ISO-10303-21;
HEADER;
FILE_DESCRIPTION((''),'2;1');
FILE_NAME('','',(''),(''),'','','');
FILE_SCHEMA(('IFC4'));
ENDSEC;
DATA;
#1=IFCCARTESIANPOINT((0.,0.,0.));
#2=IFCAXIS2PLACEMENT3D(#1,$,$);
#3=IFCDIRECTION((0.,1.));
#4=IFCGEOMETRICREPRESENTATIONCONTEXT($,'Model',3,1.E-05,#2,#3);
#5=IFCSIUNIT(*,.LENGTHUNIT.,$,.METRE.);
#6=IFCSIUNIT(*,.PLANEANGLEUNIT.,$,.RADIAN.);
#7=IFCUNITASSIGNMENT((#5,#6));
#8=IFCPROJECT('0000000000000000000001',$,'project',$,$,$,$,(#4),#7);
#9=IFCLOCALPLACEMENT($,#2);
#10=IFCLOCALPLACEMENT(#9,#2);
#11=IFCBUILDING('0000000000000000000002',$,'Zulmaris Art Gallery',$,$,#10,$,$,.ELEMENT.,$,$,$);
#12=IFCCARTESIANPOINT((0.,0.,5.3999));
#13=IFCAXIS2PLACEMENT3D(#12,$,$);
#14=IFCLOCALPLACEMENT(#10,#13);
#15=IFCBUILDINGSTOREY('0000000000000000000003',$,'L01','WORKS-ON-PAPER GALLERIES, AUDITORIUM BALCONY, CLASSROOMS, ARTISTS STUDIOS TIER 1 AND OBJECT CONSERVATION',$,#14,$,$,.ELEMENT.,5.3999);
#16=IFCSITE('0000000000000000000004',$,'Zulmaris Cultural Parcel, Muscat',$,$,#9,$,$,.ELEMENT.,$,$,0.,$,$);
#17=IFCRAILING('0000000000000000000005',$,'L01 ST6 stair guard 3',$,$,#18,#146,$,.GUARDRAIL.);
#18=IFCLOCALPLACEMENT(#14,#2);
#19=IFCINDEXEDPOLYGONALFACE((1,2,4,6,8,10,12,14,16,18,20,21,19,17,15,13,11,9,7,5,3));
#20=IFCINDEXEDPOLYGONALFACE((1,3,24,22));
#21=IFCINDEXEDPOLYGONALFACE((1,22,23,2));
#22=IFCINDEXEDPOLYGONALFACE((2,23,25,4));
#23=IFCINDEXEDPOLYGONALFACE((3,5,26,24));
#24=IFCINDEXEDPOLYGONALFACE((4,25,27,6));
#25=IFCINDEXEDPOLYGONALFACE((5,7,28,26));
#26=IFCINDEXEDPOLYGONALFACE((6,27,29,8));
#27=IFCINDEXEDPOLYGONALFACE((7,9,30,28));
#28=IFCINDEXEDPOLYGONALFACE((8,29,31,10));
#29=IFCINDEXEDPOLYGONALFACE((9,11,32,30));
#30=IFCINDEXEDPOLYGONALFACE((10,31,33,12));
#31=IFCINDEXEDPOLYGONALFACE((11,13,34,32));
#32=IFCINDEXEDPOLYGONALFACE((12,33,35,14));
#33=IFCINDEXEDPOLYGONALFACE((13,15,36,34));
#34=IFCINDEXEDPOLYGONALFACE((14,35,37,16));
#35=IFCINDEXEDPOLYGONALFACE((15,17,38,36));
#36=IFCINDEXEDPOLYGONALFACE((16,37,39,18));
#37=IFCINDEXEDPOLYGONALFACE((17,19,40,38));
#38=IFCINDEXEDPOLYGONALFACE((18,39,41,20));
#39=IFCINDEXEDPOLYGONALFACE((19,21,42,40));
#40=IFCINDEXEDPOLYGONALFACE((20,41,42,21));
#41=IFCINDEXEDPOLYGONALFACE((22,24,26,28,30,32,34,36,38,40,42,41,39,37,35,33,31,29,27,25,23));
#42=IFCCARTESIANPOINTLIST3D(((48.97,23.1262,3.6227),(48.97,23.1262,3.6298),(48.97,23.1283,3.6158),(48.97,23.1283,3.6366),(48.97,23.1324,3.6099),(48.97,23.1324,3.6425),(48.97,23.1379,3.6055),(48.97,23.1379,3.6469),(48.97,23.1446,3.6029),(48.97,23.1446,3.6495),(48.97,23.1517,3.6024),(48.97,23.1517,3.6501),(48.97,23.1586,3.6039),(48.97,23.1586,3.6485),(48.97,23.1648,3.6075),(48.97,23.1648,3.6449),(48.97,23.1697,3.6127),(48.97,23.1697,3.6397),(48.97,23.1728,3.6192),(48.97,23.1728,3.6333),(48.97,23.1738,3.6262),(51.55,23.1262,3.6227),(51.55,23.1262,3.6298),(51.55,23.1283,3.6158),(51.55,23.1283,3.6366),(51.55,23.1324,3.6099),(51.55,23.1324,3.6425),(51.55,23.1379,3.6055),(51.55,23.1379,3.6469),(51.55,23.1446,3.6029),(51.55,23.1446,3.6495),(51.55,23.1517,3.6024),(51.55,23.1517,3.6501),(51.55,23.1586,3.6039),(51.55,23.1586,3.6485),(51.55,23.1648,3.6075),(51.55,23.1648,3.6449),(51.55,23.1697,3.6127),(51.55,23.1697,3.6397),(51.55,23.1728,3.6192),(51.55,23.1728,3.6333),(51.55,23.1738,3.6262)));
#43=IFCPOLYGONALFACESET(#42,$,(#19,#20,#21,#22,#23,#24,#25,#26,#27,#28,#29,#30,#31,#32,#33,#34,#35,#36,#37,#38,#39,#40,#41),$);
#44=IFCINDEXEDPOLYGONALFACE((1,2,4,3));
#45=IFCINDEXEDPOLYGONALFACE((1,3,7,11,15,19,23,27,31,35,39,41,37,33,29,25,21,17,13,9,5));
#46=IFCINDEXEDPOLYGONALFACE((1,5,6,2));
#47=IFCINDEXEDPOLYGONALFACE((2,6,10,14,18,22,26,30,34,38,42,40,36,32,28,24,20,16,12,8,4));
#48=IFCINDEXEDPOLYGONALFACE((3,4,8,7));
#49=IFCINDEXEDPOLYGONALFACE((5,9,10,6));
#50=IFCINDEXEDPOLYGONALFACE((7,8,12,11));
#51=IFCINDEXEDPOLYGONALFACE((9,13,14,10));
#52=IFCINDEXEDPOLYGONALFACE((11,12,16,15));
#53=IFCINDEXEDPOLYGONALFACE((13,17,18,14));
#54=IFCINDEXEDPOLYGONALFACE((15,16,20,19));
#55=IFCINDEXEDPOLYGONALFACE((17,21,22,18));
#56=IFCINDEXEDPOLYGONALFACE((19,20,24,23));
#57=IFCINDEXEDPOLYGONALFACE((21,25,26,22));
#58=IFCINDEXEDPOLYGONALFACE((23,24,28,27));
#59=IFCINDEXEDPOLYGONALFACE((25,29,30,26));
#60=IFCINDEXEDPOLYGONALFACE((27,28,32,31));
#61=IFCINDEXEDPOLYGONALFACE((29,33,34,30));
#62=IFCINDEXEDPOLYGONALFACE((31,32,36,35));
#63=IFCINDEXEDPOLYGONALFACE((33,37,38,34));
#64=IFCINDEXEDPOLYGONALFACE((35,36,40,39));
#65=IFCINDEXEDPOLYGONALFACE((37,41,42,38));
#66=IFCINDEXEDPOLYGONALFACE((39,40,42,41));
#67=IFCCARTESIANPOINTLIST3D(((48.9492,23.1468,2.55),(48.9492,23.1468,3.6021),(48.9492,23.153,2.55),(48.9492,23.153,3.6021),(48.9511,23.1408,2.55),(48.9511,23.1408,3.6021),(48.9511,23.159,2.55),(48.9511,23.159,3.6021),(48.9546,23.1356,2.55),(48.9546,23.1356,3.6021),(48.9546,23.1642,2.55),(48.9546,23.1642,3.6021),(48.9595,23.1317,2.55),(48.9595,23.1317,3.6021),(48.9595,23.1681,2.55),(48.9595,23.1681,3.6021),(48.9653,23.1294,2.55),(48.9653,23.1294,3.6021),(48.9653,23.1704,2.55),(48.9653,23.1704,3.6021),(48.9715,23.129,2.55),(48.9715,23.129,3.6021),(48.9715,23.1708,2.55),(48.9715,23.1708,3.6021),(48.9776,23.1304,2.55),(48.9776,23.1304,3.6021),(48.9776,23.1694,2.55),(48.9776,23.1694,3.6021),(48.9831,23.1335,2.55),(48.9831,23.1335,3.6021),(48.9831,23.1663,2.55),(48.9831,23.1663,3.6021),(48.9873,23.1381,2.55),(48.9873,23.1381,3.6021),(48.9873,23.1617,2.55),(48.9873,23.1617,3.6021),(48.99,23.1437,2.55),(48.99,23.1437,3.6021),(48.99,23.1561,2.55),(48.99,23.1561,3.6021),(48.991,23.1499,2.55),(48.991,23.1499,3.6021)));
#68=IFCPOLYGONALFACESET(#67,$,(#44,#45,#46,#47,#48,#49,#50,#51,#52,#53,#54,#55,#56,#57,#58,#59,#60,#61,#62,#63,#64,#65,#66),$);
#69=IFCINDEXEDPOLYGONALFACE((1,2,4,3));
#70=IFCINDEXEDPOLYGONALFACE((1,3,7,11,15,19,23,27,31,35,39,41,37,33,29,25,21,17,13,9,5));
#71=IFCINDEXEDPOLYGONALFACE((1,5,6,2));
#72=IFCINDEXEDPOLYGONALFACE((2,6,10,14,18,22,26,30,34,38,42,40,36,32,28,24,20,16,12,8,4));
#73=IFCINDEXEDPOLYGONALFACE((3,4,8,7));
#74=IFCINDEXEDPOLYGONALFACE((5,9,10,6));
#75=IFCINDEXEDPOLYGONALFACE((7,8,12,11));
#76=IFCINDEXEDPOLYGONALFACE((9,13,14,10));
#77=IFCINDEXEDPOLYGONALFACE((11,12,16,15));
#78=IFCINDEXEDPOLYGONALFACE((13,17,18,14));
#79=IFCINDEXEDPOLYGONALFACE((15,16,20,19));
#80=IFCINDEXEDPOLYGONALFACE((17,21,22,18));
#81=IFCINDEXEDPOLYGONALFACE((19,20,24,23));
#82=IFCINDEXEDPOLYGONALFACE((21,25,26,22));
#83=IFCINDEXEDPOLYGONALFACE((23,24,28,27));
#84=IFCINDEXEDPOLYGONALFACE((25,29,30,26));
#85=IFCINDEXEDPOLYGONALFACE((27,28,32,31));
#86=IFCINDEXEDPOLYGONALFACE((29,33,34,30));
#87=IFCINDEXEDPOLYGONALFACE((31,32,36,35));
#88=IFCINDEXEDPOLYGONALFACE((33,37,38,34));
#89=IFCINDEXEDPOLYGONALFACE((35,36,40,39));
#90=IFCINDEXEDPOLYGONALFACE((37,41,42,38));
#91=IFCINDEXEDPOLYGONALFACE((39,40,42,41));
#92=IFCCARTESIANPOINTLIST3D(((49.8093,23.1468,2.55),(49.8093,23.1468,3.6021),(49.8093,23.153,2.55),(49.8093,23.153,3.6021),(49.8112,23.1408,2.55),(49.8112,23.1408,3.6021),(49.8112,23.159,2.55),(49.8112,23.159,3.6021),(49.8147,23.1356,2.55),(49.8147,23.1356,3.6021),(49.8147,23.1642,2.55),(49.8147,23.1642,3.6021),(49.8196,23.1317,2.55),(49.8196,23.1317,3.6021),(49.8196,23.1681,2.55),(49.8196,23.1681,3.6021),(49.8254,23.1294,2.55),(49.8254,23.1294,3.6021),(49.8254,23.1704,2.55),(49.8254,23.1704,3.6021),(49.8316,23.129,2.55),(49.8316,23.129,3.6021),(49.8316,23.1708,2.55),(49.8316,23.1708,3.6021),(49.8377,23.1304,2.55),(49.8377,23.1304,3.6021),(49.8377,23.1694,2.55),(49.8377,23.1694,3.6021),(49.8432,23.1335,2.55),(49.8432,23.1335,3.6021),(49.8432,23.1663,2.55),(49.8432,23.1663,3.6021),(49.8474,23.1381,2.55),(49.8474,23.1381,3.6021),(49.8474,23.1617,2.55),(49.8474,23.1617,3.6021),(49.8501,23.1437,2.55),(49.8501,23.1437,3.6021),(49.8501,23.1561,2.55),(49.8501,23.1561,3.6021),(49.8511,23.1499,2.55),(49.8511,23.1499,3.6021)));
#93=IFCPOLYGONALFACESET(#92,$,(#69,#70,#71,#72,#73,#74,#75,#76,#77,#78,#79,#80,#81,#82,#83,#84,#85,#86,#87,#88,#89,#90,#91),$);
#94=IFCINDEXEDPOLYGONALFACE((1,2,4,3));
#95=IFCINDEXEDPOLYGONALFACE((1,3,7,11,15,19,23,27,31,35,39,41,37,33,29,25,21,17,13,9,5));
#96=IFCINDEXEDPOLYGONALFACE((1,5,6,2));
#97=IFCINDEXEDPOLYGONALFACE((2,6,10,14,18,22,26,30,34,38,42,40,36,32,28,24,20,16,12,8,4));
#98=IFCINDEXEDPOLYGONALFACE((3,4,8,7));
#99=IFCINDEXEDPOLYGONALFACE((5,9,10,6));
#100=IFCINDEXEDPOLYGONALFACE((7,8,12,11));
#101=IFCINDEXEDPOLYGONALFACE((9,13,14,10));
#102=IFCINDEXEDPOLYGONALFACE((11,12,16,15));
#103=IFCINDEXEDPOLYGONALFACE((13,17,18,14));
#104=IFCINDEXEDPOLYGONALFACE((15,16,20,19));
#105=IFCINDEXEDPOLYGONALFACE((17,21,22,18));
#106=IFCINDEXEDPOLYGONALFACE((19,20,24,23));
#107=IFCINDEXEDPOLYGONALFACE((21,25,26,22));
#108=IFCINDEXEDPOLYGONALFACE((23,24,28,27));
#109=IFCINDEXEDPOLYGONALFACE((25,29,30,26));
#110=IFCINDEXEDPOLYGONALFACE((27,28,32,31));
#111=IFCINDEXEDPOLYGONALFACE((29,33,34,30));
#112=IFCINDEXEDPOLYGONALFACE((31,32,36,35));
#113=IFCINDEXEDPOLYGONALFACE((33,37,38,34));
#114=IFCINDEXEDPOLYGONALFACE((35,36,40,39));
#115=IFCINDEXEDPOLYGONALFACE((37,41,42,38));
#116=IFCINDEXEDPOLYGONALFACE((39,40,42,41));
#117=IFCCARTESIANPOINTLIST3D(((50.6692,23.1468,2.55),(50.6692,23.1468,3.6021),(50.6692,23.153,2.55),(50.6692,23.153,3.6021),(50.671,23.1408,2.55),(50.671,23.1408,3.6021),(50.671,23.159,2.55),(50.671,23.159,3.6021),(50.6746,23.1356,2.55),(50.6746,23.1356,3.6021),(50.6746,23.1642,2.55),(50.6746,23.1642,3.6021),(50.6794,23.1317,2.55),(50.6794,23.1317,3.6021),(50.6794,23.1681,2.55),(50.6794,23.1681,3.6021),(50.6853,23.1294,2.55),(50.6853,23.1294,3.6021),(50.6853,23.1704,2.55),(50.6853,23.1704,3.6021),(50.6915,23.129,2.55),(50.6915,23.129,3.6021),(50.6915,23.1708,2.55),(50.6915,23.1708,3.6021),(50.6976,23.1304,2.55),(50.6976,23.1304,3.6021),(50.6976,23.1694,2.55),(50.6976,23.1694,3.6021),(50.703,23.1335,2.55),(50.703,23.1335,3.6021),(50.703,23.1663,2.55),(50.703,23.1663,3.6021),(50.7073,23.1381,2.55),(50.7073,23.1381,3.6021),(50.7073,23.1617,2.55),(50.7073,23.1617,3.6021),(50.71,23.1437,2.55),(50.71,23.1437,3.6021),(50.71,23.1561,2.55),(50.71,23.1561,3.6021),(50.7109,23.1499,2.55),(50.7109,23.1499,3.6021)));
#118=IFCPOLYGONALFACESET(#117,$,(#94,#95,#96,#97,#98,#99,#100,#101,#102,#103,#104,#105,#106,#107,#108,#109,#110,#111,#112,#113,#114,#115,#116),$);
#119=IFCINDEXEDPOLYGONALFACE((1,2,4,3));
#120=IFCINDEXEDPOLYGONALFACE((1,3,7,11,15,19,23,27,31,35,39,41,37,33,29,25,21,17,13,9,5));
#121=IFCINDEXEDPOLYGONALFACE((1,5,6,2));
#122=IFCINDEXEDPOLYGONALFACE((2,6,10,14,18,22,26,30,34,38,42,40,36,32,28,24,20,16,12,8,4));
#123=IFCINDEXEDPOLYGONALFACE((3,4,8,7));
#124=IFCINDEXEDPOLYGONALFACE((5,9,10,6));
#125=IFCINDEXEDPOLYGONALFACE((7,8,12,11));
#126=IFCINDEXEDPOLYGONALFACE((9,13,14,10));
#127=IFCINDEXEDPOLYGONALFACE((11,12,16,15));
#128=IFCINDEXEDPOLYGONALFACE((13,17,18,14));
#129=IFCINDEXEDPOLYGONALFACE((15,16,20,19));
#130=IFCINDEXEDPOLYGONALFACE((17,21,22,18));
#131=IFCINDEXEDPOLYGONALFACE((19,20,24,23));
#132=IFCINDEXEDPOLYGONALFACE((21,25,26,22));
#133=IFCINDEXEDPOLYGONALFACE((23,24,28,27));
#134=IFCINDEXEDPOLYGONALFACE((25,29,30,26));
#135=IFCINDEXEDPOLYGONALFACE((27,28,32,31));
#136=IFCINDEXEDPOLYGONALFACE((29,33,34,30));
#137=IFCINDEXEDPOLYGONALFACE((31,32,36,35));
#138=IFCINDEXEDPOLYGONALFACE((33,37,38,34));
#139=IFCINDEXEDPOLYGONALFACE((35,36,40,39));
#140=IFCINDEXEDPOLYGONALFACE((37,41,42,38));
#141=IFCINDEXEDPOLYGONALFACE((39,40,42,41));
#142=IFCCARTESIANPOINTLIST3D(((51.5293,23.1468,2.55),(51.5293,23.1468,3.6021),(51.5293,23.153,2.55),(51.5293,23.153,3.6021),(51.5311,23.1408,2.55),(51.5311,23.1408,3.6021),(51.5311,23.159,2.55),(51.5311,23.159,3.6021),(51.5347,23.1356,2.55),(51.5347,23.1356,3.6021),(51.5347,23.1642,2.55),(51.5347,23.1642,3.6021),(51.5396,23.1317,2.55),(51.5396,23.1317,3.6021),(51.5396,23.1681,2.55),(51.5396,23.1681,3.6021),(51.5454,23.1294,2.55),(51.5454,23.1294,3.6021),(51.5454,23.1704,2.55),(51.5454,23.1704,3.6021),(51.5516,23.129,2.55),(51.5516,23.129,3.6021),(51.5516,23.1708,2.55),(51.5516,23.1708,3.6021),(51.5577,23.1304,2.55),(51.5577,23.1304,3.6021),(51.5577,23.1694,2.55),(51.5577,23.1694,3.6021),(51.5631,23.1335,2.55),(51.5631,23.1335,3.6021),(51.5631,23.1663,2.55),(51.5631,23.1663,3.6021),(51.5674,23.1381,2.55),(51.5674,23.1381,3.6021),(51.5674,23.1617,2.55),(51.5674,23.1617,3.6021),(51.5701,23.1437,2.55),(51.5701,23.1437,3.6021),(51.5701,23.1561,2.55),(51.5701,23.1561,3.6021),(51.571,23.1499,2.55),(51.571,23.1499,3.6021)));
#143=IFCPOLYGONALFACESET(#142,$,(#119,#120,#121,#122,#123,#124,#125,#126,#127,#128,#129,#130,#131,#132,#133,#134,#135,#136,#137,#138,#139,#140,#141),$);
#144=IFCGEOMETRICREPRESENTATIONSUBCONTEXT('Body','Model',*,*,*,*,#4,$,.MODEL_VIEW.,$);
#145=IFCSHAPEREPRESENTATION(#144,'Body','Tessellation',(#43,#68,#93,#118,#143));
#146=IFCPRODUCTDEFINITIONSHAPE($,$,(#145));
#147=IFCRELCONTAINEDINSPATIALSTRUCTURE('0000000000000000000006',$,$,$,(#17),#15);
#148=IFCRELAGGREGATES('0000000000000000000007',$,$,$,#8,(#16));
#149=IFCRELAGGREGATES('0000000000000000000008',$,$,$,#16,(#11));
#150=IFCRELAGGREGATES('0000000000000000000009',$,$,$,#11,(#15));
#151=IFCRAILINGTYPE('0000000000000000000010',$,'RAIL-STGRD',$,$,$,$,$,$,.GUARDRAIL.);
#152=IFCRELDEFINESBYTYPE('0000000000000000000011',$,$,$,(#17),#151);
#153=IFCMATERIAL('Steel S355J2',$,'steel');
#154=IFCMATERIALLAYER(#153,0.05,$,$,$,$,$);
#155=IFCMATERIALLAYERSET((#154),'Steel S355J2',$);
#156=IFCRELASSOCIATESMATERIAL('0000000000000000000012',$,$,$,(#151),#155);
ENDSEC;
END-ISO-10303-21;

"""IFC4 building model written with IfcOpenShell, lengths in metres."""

from ifc_helpers import new_model, si_unit, direction, frame, origin, origin_2d, place, context, subcontext, project, spatial, circle, extrude, material, layer, layer_set, type_object, element, save


model = new_model("IFC4")

# Units and contexts
model_context = context("Model", 3, precision=1e-05, world=origin(), true_north=direction((0.0, 1.0)))
body_context = subcontext(model_context, "Body", "Model", "MODEL_VIEW")
ifc_project = project(units=[si_unit("LENGTHUNIT", "METRE"), si_unit("PLANEANGLEUNIT", "RADIAN")], contexts=[model_context])

# Site, building, storey
site_placement = place(None, origin())
site = spatial("IfcSite", under=ifc_project, at=site_placement, Name="Zulmaris Cultural Parcel, Muscat", CompositionType="ELEMENT", RefElevation=0.0)
building_placement = place(site_placement, origin())
building = spatial("IfcBuilding", under=site, at=building_placement, Name="Zulmaris Art Gallery", CompositionType="ELEMENT")
storey_placement = place(building_placement, frame((0.0, 0.0, 5.3999)))
storey = spatial("IfcBuildingStorey", under=building, at=storey_placement, Name="L01", Description="WORKS-ON-PAPER GALLERIES, AUDITORIUM BALCONY, CLASSROOMS, ARTISTS STUDIOS TIER 1 AND OBJECT CONSERVATION", CompositionType="ELEMENT", Elevation=5.3999)

# Shared definitions
ifc_material_1 = material(Name="Steel S355J2", Category="steel")

# Railing
ifc_layer_1 = layer(ifc_material_1, 0.05)
ifc_layer_set_1 = layer_set([ifc_layer_1], Name="Steel S355J2")
railing_type_1 = type_object("IfcRailingType", Name="RAIL-STGRD", PredefinedType="GUARDRAIL", material=ifc_layer_set_1)
for number, where, name in (
    (1, (48.97, 23.1499, 2.55), "L01 ST6 stair guard 3"),
):
    element("IfcRailing", number, at=place(storey_placement, frame(where)), inside=storey, type_object=railing_type_1, Name=name, PredefinedType="GUARDRAIL", context=body_context, shape_type="SweptSolid", body=[
        extrude(circle(Radius=0.0239, at=origin_2d()), frame((0.0, 0.0, 1.0762), z_axis=(1.0, 0.0, 0.0), x_axis=(0.0, 1.0, 0.0)), (0.0, 0.0, 1.0), 2.5801),
        extrude(circle(Radius=0.021, at=origin_2d()), origin(), (0.0, 0.0, 1.0), 1.052),
        extrude(circle(Radius=0.021, at=origin_2d()), frame((0.8601, 0.0, 0.0)), (0.0, 0.0, 1.0), 1.052),
        extrude(circle(Radius=0.021, at=origin_2d()), frame((1.72, 0.0, 0.0)), (0.0, 0.0, 1.0), 1.052),
        extrude(circle(Radius=0.021, at=origin_2d()), frame((2.5801, 0.0, 0.0)), (0.0, 0.0, 1.0), 1.052),
    ])

save(model, "model.ifc")
